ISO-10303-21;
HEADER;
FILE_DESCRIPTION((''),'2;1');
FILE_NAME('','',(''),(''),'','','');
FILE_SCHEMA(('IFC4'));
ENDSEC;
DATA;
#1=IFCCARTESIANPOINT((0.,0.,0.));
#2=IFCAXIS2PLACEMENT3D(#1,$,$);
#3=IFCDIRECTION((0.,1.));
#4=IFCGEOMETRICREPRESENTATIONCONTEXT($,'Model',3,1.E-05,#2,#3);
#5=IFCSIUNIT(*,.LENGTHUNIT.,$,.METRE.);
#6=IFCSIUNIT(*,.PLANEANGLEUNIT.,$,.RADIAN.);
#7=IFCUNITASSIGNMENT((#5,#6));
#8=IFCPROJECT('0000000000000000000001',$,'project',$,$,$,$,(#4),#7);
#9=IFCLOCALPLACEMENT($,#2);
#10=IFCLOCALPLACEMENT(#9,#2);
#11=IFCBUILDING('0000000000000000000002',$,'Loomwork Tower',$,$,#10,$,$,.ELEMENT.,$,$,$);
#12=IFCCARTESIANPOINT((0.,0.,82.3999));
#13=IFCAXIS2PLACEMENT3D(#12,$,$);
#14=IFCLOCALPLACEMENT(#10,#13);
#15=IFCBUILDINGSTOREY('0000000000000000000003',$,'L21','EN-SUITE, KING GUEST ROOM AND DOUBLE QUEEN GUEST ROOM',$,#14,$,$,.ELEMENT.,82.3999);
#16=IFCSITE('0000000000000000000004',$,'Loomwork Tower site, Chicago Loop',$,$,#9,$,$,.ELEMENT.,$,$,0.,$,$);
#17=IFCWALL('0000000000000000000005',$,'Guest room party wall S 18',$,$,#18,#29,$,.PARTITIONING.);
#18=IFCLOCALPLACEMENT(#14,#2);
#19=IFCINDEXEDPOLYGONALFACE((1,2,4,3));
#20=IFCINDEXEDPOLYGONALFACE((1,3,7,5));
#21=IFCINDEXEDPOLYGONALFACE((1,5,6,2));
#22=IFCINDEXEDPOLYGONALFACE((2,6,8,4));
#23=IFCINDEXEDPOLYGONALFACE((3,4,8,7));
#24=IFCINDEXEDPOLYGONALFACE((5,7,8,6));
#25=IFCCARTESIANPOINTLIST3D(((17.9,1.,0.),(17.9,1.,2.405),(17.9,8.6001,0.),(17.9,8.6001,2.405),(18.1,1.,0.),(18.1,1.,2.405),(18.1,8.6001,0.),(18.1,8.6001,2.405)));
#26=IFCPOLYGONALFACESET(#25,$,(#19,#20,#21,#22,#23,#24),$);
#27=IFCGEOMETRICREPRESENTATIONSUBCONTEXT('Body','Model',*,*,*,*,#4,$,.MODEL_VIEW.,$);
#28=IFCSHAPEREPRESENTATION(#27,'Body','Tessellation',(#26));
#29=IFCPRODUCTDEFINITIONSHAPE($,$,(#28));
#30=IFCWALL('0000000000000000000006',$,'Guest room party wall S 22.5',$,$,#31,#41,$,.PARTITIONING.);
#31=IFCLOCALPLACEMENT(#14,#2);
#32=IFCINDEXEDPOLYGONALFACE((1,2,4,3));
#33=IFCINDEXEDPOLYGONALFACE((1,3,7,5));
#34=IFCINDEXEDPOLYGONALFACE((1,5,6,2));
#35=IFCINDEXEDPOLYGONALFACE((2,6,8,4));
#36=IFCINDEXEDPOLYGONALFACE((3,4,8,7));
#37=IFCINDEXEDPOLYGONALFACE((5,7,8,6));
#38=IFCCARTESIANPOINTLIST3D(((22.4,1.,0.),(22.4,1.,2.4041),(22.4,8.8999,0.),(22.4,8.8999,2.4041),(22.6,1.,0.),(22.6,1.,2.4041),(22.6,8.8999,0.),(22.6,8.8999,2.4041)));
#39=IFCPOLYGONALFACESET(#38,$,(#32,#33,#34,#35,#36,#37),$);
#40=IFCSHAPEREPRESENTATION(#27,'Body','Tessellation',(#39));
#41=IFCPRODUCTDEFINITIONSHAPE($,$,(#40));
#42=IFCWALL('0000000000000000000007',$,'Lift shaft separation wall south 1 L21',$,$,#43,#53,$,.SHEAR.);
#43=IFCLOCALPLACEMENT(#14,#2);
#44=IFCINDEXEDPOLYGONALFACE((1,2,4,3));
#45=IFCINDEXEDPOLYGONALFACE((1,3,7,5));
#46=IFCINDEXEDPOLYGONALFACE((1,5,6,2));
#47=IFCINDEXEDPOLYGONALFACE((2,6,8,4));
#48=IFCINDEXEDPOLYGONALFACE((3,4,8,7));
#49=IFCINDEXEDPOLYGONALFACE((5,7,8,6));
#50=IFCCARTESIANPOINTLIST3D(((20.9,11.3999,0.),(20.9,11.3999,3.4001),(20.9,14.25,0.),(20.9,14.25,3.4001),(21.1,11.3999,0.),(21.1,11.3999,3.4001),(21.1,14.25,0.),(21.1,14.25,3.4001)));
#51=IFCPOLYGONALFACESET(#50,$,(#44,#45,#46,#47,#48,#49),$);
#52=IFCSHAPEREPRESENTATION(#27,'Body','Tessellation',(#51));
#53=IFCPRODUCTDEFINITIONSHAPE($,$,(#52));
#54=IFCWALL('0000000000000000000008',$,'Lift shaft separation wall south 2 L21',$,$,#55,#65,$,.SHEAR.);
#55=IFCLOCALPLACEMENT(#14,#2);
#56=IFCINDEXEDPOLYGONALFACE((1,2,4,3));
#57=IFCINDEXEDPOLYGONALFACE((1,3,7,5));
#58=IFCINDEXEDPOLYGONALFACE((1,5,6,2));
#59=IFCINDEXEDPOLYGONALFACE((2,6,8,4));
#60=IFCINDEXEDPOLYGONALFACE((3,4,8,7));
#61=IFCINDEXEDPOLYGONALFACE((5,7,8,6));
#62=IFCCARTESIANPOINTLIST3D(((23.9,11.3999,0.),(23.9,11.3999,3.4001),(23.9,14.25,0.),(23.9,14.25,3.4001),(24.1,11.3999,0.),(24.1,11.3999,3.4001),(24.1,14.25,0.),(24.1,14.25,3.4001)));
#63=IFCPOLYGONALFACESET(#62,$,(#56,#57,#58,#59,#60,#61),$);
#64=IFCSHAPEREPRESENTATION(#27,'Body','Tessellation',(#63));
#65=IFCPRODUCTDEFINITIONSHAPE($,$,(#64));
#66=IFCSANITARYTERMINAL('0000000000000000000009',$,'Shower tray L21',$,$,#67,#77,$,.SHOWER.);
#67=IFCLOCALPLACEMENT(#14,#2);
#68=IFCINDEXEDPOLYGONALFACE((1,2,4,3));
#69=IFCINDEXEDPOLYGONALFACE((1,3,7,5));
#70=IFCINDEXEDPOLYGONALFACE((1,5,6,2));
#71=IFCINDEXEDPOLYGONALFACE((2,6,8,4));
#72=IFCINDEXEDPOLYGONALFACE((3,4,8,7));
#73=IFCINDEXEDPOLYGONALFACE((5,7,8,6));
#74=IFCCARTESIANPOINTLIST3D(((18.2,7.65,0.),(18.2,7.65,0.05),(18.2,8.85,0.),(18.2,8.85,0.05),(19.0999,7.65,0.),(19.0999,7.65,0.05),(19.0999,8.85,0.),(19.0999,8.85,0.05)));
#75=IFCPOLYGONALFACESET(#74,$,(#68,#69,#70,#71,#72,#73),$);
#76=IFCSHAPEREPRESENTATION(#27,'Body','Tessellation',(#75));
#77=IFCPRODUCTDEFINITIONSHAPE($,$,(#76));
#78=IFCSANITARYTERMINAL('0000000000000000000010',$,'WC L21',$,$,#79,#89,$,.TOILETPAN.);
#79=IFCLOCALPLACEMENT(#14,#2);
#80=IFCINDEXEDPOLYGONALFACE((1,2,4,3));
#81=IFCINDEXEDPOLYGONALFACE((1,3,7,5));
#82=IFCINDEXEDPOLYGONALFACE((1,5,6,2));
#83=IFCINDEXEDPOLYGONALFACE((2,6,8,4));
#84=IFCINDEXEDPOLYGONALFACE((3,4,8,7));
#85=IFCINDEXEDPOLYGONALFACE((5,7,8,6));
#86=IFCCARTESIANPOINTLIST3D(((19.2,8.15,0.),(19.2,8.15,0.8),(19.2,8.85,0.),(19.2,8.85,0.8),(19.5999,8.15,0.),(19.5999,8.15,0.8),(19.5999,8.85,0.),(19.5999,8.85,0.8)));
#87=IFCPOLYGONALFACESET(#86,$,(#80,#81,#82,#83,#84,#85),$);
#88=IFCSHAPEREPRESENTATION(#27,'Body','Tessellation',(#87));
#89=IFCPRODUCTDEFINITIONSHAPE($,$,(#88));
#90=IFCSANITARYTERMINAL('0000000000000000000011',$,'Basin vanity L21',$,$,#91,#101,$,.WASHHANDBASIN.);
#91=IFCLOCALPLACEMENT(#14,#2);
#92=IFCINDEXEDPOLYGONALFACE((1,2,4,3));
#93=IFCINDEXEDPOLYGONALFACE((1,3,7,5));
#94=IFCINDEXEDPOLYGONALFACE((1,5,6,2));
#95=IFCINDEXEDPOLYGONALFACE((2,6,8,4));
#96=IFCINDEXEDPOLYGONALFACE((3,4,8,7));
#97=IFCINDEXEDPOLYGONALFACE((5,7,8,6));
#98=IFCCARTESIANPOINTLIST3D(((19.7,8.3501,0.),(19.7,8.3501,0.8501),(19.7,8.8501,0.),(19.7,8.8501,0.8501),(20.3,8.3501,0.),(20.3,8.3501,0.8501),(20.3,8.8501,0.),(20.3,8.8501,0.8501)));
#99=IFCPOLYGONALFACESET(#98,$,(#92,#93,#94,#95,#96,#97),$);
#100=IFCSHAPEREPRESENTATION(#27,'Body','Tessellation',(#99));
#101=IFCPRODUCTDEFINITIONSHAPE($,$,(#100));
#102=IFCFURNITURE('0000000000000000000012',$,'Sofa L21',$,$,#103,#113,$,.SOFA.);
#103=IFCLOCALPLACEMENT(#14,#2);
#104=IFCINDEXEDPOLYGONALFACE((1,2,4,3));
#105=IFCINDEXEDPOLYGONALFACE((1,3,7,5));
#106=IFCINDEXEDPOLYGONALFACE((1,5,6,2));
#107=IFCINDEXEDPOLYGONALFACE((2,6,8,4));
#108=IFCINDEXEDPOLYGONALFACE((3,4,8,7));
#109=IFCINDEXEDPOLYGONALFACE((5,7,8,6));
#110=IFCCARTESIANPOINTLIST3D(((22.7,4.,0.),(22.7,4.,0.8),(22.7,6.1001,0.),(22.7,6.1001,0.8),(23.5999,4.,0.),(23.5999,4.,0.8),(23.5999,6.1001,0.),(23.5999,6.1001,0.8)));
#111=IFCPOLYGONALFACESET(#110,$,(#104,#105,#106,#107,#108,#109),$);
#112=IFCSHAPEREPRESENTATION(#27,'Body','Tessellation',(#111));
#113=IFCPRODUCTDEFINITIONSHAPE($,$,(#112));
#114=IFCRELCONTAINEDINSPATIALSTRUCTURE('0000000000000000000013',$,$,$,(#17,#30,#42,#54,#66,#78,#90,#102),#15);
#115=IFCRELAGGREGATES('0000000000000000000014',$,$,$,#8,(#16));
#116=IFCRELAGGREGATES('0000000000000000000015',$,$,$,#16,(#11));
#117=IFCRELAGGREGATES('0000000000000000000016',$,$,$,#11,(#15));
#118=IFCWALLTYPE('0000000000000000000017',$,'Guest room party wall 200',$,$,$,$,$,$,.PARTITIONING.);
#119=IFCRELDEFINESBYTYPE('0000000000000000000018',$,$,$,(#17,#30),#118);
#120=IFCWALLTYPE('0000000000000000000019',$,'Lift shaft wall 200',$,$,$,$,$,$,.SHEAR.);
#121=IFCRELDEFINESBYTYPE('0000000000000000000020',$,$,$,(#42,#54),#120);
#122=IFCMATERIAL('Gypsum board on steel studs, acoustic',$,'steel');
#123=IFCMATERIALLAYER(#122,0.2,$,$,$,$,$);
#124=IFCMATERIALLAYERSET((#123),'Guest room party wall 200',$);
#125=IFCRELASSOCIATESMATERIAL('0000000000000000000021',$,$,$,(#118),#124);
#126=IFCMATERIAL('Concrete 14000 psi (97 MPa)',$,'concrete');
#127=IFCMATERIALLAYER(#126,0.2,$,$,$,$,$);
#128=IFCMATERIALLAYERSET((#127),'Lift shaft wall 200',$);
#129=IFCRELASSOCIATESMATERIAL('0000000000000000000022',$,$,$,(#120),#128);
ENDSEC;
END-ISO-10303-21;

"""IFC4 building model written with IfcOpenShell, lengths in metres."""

from ifc_helpers import new_model, si_unit, direction, frame, frame_2d, origin, origin_2d, place, context, subcontext, project, spatial, rectangle, extrude, material, layer, layer_set, type_object, element, save


model = new_model("IFC4")

# Units and contexts
model_context = context("Model", 3, precision=1e-05, world=origin(), true_north=direction((0.0, 1.0)))
body_context = subcontext(model_context, "Body", "Model", "MODEL_VIEW")
ifc_project = project(units=[si_unit("LENGTHUNIT", "METRE"), si_unit("PLANEANGLEUNIT", "RADIAN")], contexts=[model_context])

# Site, building, storey
site_placement = place(None, origin())
site = spatial("IfcSite", under=ifc_project, at=site_placement, Name="Loomwork Tower site, Chicago Loop", CompositionType="ELEMENT", RefElevation=0.0)
building_placement = place(site_placement, origin())
building = spatial("IfcBuilding", under=site, at=building_placement, Name="Loomwork Tower", CompositionType="ELEMENT")
storey_placement = place(building_placement, frame((0.0, 0.0, 82.3999)))
storey = spatial("IfcBuildingStorey", under=building, at=storey_placement, Name="L21", Description="EN-SUITE, KING GUEST ROOM AND DOUBLE QUEEN GUEST ROOM", CompositionType="ELEMENT", Elevation=82.3999)

# Walls
ifc_material_1 = material(Name="Gypsum board on steel studs, acoustic", Category="steel")
ifc_layer_1 = layer(ifc_material_1, 0.2)
ifc_layer_set_1 = layer_set([ifc_layer_1], Name="Guest room party wall 200")
wall_type_1 = type_object("IfcWallType", Name="Guest room party wall 200", PredefinedType="PARTITIONING", material=ifc_layer_set_1)
wall_1_placement = place(storey_placement, frame((18.0, 8.6001, 0.0), z_axis=(0.0, 0.0, 1.0), x_axis=(0.0, -1.0, 0.0)))
element("IfcWall", 1, at=wall_1_placement, inside=storey, type_object=wall_type_1, Name="Guest room party wall S 18", PredefinedType="PARTITIONING", context=body_context, shape_type="SweptSolid", body=[
    extrude(rectangle(XDim=7.6001, YDim=0.2, at=frame_2d((3.8, 0.0))), origin(), (0.0, 0.0, 1.0), 2.405),
])
wall_2_placement = place(storey_placement, frame((22.5, 8.8999, 0.0), z_axis=(0.0, 0.0, 1.0), x_axis=(0.0, -1.0, 0.0)))
element("IfcWall", 2, at=wall_2_placement, inside=storey, type_object=wall_type_1, Name="Guest room party wall S 22.5", PredefinedType="PARTITIONING", context=body_context, shape_type="SweptSolid", body=[
    extrude(rectangle(XDim=7.8999, YDim=0.2, at=frame_2d((3.95, 0.0))), origin(), (0.0, 0.0, 1.0), 2.4041),
])
ifc_material_2 = material(Name="Concrete 14000 psi (97 MPa)", Category="concrete")
ifc_layer_2 = layer(ifc_material_2, 0.2)
ifc_layer_set_2 = layer_set([ifc_layer_2], Name="Lift shaft wall 200")
wall_type_2 = type_object("IfcWallType", Name="Lift shaft wall 200", PredefinedType="SHEAR", material=ifc_layer_set_2)
for number, where, z_axis, x_axis, name in (
    (3, (21.0, 11.3999, 0.0), (0.0, 0.0, 1.0), (0.0, 1.0, 0.0), "Lift shaft separation wall south 1 L21"),
    (4, (24.0, 11.3999, 0.0), (0.0, 0.0, 1.0), (0.0, 1.0, 0.0), "Lift shaft separation wall south 2 L21"),
):
    element("IfcWall", number, at=place(storey_placement, frame(where, z_axis=z_axis, x_axis=x_axis)), inside=storey, type_object=wall_type_2, Name=name, PredefinedType="SHEAR", context=body_context, shape_type="SweptSolid", body=[
        extrude(rectangle(XDim=2.8501, YDim=0.2, at=frame_2d((1.425, 0.0))), origin(), (0.0, 0.0, 1.0), 3.4001),
    ])

# Sanitary terminals
sanitary_terminal_1_placement = place(storey_placement, frame((18.6499, 8.25, 0.0), z_axis=(0.0, 0.0, 1.0), x_axis=(1.0, 0.0, 0.0)))
element("IfcSanitaryTerminal", 5, at=sanitary_terminal_1_placement, inside=storey, Name="Shower tray L21", PredefinedType="SHOWER", context=body_context, shape_type="SweptSolid", body=[
    extrude(rectangle(XDim=0.8999, YDim=1.2, at=origin_2d()), origin(), (0.0, 0.0, 1.0), 0.05),
])
sanitary_terminal_2_placement = place(storey_placement, frame((19.3999, 8.5, 0.0), z_axis=(0.0, 0.0, 1.0), x_axis=(1.0, 0.0, 0.0)))
element("IfcSanitaryTerminal", 6, at=sanitary_terminal_2_placement, inside=storey, Name="WC L21", PredefinedType="TOILETPAN", context=body_context, shape_type="SweptSolid", body=[
    extrude(rectangle(XDim=0.3999, YDim=0.7, at=origin_2d()), origin(), (0.0, 0.0, 1.0), 0.8),
])
sanitary_terminal_3_placement = place(storey_placement, frame((20.0, 8.6001, 0.0), z_axis=(0.0, 0.0, 1.0), x_axis=(1.0, 0.0, 0.0)))
element("IfcSanitaryTerminal", 7, at=sanitary_terminal_3_placement, inside=storey, Name="Basin vanity L21", PredefinedType="WASHHANDBASIN", context=body_context, shape_type="SweptSolid", body=[
    extrude(rectangle(XDim=0.6001, YDim=0.5, at=origin_2d()), origin(), (0.0, 0.0, 1.0), 0.8501),
])

# Furniture
furniture_placement = place(storey_placement, frame((23.1499, 5.05, 0.0), z_axis=(0.0, 0.0, 1.0), x_axis=(1.0, 0.0, 0.0)))
element("IfcFurniture", 8, at=furniture_placement, inside=storey, Name="Sofa L21", PredefinedType="SOFA", context=body_context, shape_type="SweptSolid", body=[
    extrude(rectangle(XDim=0.8999, YDim=2.1001, at=origin_2d()), origin(), (0.0, 0.0, 1.0), 0.8),
])

save(model, "model.ifc")
